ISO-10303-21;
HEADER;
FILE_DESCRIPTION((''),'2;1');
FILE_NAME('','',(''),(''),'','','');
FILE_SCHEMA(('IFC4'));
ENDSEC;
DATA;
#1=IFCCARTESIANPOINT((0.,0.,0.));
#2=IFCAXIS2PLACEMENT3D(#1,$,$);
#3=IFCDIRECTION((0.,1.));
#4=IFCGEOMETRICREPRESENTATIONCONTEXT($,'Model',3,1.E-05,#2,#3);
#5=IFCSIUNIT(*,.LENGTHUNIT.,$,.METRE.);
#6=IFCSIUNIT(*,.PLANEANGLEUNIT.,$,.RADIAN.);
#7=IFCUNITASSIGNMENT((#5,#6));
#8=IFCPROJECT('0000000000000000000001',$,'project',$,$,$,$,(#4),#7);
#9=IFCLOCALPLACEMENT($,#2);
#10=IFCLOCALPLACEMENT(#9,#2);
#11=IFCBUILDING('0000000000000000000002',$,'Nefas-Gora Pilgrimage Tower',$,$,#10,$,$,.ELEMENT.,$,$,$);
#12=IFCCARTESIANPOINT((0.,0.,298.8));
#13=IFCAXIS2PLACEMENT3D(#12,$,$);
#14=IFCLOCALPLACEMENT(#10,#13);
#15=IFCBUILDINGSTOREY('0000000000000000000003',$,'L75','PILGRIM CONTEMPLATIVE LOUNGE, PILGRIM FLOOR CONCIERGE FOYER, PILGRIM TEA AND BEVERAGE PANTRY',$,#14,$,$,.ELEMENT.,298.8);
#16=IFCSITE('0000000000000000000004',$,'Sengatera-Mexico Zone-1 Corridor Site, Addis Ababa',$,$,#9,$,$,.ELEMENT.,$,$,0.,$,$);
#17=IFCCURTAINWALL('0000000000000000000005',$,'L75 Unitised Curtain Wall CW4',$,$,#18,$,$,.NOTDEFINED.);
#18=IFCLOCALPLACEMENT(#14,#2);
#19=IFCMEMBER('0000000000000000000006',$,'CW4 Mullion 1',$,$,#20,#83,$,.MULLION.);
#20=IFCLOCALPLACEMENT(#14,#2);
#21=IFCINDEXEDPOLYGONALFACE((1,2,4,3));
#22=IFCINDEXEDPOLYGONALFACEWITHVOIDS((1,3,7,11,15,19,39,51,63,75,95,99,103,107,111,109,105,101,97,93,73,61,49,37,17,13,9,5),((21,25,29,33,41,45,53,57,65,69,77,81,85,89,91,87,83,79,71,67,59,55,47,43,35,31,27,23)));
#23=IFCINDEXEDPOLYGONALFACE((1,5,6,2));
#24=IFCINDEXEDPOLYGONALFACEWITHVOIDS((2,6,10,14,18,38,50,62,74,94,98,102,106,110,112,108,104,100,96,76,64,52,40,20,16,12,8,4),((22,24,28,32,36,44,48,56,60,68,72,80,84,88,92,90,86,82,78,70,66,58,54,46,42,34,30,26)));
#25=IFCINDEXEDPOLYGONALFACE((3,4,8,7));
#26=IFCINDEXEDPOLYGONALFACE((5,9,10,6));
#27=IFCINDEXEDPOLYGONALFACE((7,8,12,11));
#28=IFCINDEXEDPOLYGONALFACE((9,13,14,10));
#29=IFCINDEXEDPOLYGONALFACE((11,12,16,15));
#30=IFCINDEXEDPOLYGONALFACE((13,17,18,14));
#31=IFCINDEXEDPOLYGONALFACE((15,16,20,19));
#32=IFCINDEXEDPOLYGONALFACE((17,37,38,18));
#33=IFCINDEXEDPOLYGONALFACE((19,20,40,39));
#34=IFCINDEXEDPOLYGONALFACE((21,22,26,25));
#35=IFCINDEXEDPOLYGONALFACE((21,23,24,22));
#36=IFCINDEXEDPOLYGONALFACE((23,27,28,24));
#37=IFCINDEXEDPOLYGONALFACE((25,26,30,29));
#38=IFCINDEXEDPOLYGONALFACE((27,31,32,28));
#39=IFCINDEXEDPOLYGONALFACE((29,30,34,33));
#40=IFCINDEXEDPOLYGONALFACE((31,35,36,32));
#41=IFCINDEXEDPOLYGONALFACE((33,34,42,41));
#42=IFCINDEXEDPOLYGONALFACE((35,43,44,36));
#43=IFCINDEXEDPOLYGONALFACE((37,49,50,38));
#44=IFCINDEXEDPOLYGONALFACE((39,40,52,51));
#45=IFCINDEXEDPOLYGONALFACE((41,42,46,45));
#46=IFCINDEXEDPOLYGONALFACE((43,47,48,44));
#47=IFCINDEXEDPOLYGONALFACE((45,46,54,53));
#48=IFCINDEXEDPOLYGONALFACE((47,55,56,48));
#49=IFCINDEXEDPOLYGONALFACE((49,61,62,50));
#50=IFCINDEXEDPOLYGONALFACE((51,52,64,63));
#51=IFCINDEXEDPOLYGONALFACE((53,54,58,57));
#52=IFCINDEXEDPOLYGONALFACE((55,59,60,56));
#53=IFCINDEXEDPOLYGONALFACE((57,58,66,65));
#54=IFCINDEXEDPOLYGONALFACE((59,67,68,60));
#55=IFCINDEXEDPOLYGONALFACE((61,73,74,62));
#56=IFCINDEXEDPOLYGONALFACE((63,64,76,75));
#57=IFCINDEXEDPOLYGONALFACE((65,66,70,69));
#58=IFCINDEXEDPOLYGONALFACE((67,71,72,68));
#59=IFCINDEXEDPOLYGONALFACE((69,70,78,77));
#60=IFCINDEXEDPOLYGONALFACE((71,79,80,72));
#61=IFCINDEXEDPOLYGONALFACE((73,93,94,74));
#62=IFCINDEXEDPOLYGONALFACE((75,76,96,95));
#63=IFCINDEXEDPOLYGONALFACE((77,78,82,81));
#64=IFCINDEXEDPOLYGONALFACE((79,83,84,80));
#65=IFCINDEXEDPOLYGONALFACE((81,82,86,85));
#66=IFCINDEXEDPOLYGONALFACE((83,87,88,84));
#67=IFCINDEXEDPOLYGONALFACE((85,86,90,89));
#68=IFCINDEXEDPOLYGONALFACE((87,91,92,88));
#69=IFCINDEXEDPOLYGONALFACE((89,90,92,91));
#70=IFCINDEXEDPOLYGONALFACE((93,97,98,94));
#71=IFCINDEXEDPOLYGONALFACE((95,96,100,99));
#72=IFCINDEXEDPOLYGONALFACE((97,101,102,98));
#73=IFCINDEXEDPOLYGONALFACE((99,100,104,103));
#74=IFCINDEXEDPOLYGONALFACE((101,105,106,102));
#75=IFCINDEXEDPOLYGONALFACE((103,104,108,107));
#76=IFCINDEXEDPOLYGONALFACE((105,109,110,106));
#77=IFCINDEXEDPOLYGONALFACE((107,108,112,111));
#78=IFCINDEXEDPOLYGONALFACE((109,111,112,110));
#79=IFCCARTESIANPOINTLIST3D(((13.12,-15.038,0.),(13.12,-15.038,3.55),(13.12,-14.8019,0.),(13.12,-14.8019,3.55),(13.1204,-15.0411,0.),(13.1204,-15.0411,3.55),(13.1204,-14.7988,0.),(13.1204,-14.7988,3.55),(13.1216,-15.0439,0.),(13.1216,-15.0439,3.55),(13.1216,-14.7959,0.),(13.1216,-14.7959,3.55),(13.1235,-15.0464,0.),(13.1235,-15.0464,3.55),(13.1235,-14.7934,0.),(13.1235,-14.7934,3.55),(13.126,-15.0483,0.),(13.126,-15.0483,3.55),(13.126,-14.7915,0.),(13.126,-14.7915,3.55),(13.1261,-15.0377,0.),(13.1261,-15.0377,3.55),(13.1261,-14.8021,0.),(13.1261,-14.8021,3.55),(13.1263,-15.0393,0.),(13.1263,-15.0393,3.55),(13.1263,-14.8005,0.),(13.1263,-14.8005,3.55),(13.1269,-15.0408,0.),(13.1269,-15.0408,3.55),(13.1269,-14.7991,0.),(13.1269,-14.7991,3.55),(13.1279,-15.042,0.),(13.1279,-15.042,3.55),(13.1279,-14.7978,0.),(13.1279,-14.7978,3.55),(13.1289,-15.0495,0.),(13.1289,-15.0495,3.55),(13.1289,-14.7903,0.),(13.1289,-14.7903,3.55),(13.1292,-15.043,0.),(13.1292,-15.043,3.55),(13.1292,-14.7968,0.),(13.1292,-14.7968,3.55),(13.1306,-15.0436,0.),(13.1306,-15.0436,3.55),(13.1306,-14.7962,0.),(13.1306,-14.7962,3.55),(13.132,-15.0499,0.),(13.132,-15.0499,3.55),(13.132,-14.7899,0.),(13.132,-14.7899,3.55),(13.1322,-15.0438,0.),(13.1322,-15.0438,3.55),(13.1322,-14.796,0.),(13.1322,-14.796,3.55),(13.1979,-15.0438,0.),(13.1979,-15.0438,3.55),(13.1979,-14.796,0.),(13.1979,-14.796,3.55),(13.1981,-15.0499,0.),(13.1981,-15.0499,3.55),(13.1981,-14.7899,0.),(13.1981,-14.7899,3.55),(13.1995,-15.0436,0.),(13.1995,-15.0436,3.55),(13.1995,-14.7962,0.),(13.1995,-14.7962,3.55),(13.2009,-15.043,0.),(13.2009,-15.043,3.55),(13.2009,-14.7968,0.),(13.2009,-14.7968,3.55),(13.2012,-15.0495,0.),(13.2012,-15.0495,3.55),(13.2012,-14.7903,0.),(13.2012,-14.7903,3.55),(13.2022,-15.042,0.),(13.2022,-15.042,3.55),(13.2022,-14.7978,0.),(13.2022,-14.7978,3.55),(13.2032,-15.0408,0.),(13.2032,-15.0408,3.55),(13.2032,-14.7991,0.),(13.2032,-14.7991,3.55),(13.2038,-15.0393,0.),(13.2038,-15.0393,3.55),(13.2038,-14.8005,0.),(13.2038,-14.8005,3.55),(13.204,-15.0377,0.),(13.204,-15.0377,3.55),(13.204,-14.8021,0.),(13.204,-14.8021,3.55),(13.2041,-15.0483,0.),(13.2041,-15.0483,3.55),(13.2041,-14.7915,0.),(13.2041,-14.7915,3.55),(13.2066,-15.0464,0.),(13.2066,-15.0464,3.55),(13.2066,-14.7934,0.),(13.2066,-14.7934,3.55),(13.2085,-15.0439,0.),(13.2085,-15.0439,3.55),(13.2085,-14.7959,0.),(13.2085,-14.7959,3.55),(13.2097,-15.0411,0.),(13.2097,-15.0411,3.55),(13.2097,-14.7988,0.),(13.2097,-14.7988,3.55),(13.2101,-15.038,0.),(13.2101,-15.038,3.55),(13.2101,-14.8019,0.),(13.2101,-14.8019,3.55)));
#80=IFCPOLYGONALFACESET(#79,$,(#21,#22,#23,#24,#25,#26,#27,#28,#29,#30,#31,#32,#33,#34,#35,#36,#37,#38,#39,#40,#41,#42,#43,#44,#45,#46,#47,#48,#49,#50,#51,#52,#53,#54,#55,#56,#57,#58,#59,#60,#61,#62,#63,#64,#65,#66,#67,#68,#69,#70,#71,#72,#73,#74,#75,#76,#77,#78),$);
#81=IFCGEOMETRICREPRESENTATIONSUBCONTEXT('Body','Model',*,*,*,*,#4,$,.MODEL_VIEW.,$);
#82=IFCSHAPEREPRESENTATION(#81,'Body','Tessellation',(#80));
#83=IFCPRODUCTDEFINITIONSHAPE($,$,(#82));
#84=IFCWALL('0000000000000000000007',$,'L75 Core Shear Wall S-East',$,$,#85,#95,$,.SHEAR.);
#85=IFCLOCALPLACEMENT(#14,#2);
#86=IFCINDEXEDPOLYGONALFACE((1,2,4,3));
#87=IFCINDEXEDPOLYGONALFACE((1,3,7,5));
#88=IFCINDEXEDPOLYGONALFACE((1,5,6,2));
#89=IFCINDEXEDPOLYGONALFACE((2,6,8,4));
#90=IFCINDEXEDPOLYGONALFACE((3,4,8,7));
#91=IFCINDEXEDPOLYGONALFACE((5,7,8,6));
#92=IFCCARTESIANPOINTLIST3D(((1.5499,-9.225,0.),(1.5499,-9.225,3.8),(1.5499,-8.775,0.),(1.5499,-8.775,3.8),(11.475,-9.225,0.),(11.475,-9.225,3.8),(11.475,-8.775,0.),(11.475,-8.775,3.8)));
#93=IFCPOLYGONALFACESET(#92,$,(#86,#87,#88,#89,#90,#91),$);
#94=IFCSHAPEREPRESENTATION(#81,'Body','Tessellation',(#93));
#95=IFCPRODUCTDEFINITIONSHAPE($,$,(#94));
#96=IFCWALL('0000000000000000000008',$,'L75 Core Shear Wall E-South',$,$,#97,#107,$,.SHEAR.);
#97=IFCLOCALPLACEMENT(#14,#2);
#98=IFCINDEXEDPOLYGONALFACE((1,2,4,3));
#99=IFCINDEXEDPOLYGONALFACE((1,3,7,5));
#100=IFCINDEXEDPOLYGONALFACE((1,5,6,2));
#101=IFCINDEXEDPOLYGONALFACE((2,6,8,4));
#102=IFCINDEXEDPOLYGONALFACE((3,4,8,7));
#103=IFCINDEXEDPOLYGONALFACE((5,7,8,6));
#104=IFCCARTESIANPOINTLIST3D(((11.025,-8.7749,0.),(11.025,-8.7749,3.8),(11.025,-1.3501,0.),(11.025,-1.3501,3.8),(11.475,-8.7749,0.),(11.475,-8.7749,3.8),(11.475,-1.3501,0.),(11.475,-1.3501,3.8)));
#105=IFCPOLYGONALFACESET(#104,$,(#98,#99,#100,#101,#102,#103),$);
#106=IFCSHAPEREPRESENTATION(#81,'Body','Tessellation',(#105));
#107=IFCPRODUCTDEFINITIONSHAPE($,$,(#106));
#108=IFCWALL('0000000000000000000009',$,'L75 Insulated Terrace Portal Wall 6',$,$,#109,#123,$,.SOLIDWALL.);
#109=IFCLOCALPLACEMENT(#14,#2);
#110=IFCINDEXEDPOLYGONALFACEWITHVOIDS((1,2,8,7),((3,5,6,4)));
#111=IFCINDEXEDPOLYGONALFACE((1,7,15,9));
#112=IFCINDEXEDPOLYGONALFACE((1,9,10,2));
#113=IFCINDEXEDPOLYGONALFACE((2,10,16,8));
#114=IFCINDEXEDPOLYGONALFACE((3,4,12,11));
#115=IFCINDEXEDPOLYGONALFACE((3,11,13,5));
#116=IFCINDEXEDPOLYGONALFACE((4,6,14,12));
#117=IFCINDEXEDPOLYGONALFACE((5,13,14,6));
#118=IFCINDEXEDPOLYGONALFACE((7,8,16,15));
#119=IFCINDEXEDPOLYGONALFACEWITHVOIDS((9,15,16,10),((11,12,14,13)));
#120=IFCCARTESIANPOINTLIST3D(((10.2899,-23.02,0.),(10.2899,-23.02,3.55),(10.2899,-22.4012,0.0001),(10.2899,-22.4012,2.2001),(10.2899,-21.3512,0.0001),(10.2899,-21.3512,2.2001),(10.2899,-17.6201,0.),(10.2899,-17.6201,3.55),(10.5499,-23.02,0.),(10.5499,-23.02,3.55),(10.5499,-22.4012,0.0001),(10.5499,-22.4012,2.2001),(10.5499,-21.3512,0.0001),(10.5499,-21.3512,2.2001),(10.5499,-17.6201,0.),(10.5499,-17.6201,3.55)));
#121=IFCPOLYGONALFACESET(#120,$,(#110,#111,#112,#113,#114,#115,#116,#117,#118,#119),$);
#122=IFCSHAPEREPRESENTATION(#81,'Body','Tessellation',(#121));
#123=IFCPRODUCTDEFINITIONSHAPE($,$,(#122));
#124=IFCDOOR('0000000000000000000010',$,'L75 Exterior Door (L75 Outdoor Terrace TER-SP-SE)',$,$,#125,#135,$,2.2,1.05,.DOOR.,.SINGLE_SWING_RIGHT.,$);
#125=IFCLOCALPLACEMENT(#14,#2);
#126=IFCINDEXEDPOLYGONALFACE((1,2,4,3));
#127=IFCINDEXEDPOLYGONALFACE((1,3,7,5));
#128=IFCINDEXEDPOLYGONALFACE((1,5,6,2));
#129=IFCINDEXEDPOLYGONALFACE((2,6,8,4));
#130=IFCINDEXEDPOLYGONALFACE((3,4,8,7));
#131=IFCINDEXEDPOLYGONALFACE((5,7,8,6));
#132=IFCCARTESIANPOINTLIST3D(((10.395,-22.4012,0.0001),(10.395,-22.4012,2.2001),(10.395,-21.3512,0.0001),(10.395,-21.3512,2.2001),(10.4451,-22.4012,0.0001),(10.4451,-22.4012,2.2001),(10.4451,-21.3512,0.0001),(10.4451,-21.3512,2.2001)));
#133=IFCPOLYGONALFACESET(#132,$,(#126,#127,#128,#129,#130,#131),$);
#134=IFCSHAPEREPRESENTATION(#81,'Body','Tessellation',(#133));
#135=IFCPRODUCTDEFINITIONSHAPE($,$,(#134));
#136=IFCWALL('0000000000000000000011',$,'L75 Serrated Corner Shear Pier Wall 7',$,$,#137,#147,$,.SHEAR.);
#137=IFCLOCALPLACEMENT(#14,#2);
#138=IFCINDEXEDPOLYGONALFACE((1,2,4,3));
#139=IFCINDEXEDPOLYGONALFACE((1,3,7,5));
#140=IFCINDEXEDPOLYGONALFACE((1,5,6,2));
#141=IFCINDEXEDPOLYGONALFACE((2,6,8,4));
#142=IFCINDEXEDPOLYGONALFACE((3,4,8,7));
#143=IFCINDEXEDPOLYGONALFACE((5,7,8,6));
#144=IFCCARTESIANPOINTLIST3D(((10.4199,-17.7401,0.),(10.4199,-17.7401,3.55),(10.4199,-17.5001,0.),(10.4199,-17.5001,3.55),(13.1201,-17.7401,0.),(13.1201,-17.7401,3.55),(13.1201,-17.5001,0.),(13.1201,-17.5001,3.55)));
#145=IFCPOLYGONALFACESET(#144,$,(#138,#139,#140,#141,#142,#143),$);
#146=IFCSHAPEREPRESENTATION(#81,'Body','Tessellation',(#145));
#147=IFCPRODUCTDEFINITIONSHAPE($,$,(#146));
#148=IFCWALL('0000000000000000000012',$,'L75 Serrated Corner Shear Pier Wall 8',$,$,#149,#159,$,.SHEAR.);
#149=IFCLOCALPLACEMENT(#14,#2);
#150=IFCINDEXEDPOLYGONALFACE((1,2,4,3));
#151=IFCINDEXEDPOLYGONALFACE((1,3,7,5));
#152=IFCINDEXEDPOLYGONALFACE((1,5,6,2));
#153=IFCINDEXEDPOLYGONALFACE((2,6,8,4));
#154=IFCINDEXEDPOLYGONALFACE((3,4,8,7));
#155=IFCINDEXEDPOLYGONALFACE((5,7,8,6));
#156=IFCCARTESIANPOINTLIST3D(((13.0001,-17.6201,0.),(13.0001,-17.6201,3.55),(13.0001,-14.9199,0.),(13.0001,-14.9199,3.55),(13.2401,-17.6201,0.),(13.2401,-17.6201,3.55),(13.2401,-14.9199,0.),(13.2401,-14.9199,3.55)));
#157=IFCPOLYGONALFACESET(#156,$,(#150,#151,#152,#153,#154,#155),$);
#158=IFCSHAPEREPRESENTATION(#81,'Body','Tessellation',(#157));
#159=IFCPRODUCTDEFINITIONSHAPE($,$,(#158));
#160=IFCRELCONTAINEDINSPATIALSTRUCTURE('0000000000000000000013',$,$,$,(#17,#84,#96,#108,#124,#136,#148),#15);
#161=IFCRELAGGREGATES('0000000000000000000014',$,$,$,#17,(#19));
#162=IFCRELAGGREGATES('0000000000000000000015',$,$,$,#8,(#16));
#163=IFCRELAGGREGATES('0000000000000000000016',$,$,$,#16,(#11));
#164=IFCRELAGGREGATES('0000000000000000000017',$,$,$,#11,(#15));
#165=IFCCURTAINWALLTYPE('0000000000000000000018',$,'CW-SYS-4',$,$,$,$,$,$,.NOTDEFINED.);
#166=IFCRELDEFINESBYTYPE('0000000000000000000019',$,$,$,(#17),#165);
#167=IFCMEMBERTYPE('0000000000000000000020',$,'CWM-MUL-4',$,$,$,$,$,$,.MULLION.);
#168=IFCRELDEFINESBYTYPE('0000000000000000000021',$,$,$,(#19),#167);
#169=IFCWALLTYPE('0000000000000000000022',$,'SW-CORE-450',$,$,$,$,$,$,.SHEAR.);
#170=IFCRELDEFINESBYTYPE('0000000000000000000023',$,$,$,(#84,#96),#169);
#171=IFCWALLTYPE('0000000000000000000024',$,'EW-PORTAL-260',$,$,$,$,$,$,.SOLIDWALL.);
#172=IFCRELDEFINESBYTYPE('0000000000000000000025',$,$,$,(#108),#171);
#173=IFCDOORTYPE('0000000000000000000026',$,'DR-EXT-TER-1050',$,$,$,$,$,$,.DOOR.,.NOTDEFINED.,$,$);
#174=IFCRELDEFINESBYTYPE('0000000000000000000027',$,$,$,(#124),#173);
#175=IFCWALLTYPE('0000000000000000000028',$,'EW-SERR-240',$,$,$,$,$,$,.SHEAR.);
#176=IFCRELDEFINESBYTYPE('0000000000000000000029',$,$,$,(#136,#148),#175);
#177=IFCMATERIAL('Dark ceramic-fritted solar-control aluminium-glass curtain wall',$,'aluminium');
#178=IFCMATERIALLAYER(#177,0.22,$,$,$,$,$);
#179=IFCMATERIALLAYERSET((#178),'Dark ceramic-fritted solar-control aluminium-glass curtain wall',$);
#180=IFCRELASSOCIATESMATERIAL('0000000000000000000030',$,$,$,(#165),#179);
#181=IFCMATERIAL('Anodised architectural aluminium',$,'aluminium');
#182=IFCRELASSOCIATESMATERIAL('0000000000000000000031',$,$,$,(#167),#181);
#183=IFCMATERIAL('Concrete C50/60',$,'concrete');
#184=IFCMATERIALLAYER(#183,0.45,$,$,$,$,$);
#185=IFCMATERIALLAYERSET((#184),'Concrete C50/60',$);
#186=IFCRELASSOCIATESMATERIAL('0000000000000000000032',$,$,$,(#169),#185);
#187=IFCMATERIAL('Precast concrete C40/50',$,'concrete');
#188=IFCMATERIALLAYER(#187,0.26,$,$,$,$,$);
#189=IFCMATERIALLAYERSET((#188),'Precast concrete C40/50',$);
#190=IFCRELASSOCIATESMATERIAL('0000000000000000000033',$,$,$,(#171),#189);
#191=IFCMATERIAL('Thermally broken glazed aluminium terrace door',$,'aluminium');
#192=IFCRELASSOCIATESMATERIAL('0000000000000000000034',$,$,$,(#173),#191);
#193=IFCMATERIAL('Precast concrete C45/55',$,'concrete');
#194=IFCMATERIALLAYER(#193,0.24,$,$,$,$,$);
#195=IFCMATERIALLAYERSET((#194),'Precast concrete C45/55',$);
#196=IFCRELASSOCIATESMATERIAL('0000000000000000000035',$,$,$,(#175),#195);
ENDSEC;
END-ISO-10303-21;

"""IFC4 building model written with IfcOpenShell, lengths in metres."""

from ifc_helpers import new_model, si_unit, direction, frame, frame_2d, origin, origin_2d, place, context, subcontext, project, spatial, rectangle, hollow_rectangle, extrude, source, transform, mapped, material, layer, layer_set, material_profile, profile_set, type_object, element, fill, aggregate, save


model = new_model("IFC4")

# Units and contexts
model_context = context("Model", 3, precision=1e-05, world=origin(), true_north=direction((0.0, 1.0)))
body_context = subcontext(model_context, "Body", "Model", "MODEL_VIEW")
ifc_project = project(units=[si_unit("LENGTHUNIT", "METRE"), si_unit("PLANEANGLEUNIT", "RADIAN")], contexts=[model_context])

# Site, building, storey
site_placement = place(None, origin())
site = spatial("IfcSite", under=ifc_project, at=site_placement, Name="Sengatera-Mexico Zone-1 Corridor Site, Addis Ababa", CompositionType="ELEMENT", RefElevation=0.0)
building_placement = place(site_placement, origin())
building = spatial("IfcBuilding", under=site, at=building_placement, Name="Nefas-Gora Pilgrimage Tower", CompositionType="ELEMENT")
storey_placement = place(building_placement, frame((0.0, 0.0, 298.8)))
storey = spatial("IfcBuildingStorey", under=building, at=storey_placement, Name="L75", Description="PILGRIM CONTEMPLATIVE LOUNGE, PILGRIM FLOOR CONCIERGE FOYER, PILGRIM TEA AND BEVERAGE PANTRY", CompositionType="ELEMENT", Elevation=298.8)

# Curtain wall, member
ifc_material_1 = material(Name="Dark ceramic-fritted solar-control aluminium-glass curtain wall", Category="aluminium")
ifc_layer_1 = layer(ifc_material_1, 0.22)
ifc_layer_set_1 = layer_set([ifc_layer_1], Name="Dark ceramic-fritted solar-control aluminium-glass curtain wall")
curtain_wall_type = type_object("IfcCurtainWallType", Name="CW-SYS-4", PredefinedType="NOTDEFINED", material=ifc_layer_set_1)
ifc_material_2 = material(Name="Anodised architectural aluminium", Category="aluminium")
ifc_material_profile_1 = material_profile(ifc_material_2, hollow_rectangle(XDim=0.0901, YDim=0.26, WallThickness=0.0061, InnerFilletRadius=0.0061, OuterFilletRadius=0.012, at=origin_2d()), Name="ALU MULLION 90x260")
ifc_profile_set_1 = profile_set([ifc_material_profile_1], Name="Anodised architectural aluminium")
member_type = type_object("IfcMemberType", Name="CWM-MUL-4", PredefinedType="MULLION", material=ifc_profile_set_1)
shared_shape_1 = source(origin(), body_context, "Body", "SweptSolid", [
    extrude(hollow_rectangle(XDim=0.0901, YDim=0.26, WallThickness=0.0061, InnerFilletRadius=0.0061, OuterFilletRadius=0.012, at=origin_2d()), origin(), (0.0, 0.0, 1.0), 3.55),
])
curtain_wall_1_placement = place(storey_placement, origin())
curtain_wall_1 = element("IfcCurtainWall", 1, at=curtain_wall_1_placement, inside=storey, type_object=curtain_wall_type, Name="L75 Unitised Curtain Wall CW4", PredefinedType="NOTDEFINED")
member_1_placement = place(storey_placement, frame((13.165, -14.9199, 0.0), z_axis=(0.0, 0.0, 1.0), x_axis=(1.0, 0.0, 0.0)))
member_1 = element("IfcMember", 2, at=member_1_placement, type_object=member_type, Name="CW4 Mullion 1", PredefinedType="MULLION", context=body_context, shape_type="MappedRepresentation", body=[
    mapped(shared_shape_1, transform((0.0, 0.0, 0.0), x_axis=(1.0, 0.0, 0.0), y_axis=(0.0, 1.0, 0.0), z_axis=(0.0, 0.0, 1.0), scale=1.0)),
])
aggregate(curtain_wall_1, [member_1])

# Walls
ifc_material_3 = material(Name="Concrete C50/60", Category="concrete")
ifc_layer_2 = layer(ifc_material_3, 0.45)
ifc_layer_set_2 = layer_set([ifc_layer_2], Name="Concrete C50/60")
wall_type_1 = type_object("IfcWallType", Name="SW-CORE-450", PredefinedType="SHEAR", material=ifc_layer_set_2)
shared_shape_2 = source(origin(), body_context, "Body", "SweptSolid", [
    extrude(rectangle(XDim=9.925, YDim=0.45, at=frame_2d((4.9624, 0.0))), origin(), (0.0, 0.0, 1.0), 3.8),
])
wall_1_placement = place(storey_placement, frame((1.55, -9.0, 0.0), z_axis=(0.0, 0.0, 1.0), x_axis=(1.0, 0.0, 0.0)))
element("IfcWall", 3, at=wall_1_placement, inside=storey, type_object=wall_type_1, Name="L75 Core Shear Wall S-East", PredefinedType="SHEAR", context=body_context, shape_type="MappedRepresentation", body=[
    mapped(shared_shape_2, transform((0.0, 0.0, 0.0), x_axis=(1.0, 0.0, 0.0), y_axis=(0.0, 1.0, 0.0), z_axis=(0.0, 0.0, 1.0), scale=1.0)),
])
shared_shape_3 = source(origin(), body_context, "Body", "SweptSolid", [
    extrude(rectangle(XDim=7.4248, YDim=0.45, at=frame_2d((3.7124, 0.0))), origin(), (0.0, 0.0, 1.0), 3.8),
])
wall_2_placement = place(storey_placement, frame((11.25, -8.7749, 0.0), z_axis=(0.0, 0.0, 1.0), x_axis=(0.0, 1.0, 0.0)))
element("IfcWall", 4, at=wall_2_placement, inside=storey, type_object=wall_type_1, Name="L75 Core Shear Wall E-South", PredefinedType="SHEAR", context=body_context, shape_type="MappedRepresentation", body=[
    mapped(shared_shape_3, transform((0.0, 0.0, 0.0), x_axis=(1.0, 0.0, 0.0), y_axis=(0.0, 1.0, 0.0), z_axis=(0.0, 0.0, 1.0), scale=1.0)),
])

# Wall, opening, door
ifc_material_4 = material(Name="Precast concrete C40/50", Category="concrete")
ifc_layer_3 = layer(ifc_material_4, 0.26)
ifc_layer_set_3 = layer_set([ifc_layer_3], Name="Precast concrete C40/50")
wall_type_2 = type_object("IfcWallType", Name="EW-PORTAL-260", PredefinedType="SOLIDWALL", material=ifc_layer_set_3)
shared_shape_4 = source(origin(), body_context, "Body", "SweptSolid", [
    extrude(rectangle(XDim=5.3999, YDim=0.26, at=frame_2d((2.7, 0.0))), origin(), (0.0, 0.0, 1.0), 3.55),
])
wall_3_placement = place(storey_placement, frame((10.4199, -23.02, 0.0), z_axis=(0.0, 0.0, 1.0), x_axis=(0.0, 1.0, 0.0)))
wall_3 = element("IfcWall", 5, at=wall_3_placement, inside=storey, type_object=wall_type_2, Name="L75 Insulated Terrace Portal Wall 6", PredefinedType="SOLIDWALL", context=body_context, shape_type="MappedRepresentation", body=[
    mapped(shared_shape_4, transform((0.0, 0.0, 0.0), x_axis=(1.0, 0.0, 0.0), y_axis=(0.0, 1.0, 0.0), z_axis=(0.0, 0.0, 1.0), scale=1.0)),
])
opening_1_placement = place(wall_3_placement, frame((0.6189, 0.0, 0.0)))
opening_1 = element("IfcOpeningElement", 6, at=opening_1_placement, cuts=wall_3, PredefinedType="OPENING", context=body_context, shape_type="SweptSolid", body=[
    extrude(rectangle(XDim=1.05, YDim=2.2, at=frame_2d((0.5249, 1.1001))), frame((0.0, 0.1399, 0.0), z_axis=(0.0, -1.0, 0.0), x_axis=(1.0, 0.0, 0.0)), (0.0, 0.0, 1.0), 0.28),
])
ifc_material_5 = material(Name="Thermally broken glazed aluminium terrace door", Category="aluminium")
door_type_1 = type_object("IfcDoorType", Name="DR-EXT-TER-1050", OperationType="NOTDEFINED", PredefinedType="DOOR", material=ifc_material_5)
shared_shape_5 = source(origin(), body_context, "Body", "SweptSolid", [
    extrude(rectangle(XDim=1.05, YDim=2.2, at=frame_2d((0.5249, 1.1001))), frame((0.0, 0.0249, 0.0), z_axis=(0.0, -1.0, 0.0), x_axis=(1.0, 0.0, 0.0)), (0.0, 0.0, 1.0), 0.05),
])
door_1_placement = place(opening_1_placement, origin())
door_1 = element("IfcDoor", 7, at=door_1_placement, inside=storey, type_object=door_type_1, Name="L75 Exterior Door (L75 Outdoor Terrace TER-SP-SE)", OperationType="SINGLE_SWING_RIGHT", OverallHeight=2.2, OverallWidth=1.05, PredefinedType="DOOR", context=body_context, shape_type="MappedRepresentation", body=[
    mapped(shared_shape_5, transform((0.0, 0.0, 0.0), x_axis=(1.0, 0.0, 0.0), y_axis=(0.0, 1.0, 0.0), z_axis=(0.0, 0.0, 1.0), scale=1.0)),
])
fill(opening_1, door_1)

# Walls
ifc_material_6 = material(Name="Precast concrete C45/55", Category="concrete")
ifc_layer_4 = layer(ifc_material_6, 0.24)
ifc_layer_set_4 = layer_set([ifc_layer_4], Name="Precast concrete C45/55")
wall_type_3 = type_object("IfcWallType", Name="EW-SERR-240", PredefinedType="SHEAR", material=ifc_layer_set_4)
shared_shape_6 = source(origin(), body_context, "Body", "SweptSolid", [
    extrude(rectangle(XDim=2.7002, YDim=0.24, at=frame_2d((1.3501, 0.0))), origin(), (0.0, 0.0, 1.0), 3.55),
])
for number, where, z_axis, x_axis, name in (
    (8, (10.4199, -17.6201, 0.0), (0.0, 0.0, 1.0), (1.0, 0.0, 0.0), "L75 Serrated Corner Shear Pier Wall 7"),
    (9, (13.1201, -17.6201, 0.0), (0.0, 0.0, 1.0), (0.0, 1.0, 0.0), "L75 Serrated Corner Shear Pier Wall 8"),
):
    element("IfcWall", number, at=place(storey_placement, frame(where, z_axis=z_axis, x_axis=x_axis)), inside=storey, type_object=wall_type_3, Name=name, PredefinedType="SHEAR", context=body_context, shape_type="MappedRepresentation", body=[
        mapped(shared_shape_6, transform((0.0, 0.0, 0.0), x_axis=(1.0, 0.0, 0.0), y_axis=(0.0, 1.0, 0.0), z_axis=(0.0, 0.0, 1.0), scale=1.0)),
    ])

save(model, "model.ifc")
